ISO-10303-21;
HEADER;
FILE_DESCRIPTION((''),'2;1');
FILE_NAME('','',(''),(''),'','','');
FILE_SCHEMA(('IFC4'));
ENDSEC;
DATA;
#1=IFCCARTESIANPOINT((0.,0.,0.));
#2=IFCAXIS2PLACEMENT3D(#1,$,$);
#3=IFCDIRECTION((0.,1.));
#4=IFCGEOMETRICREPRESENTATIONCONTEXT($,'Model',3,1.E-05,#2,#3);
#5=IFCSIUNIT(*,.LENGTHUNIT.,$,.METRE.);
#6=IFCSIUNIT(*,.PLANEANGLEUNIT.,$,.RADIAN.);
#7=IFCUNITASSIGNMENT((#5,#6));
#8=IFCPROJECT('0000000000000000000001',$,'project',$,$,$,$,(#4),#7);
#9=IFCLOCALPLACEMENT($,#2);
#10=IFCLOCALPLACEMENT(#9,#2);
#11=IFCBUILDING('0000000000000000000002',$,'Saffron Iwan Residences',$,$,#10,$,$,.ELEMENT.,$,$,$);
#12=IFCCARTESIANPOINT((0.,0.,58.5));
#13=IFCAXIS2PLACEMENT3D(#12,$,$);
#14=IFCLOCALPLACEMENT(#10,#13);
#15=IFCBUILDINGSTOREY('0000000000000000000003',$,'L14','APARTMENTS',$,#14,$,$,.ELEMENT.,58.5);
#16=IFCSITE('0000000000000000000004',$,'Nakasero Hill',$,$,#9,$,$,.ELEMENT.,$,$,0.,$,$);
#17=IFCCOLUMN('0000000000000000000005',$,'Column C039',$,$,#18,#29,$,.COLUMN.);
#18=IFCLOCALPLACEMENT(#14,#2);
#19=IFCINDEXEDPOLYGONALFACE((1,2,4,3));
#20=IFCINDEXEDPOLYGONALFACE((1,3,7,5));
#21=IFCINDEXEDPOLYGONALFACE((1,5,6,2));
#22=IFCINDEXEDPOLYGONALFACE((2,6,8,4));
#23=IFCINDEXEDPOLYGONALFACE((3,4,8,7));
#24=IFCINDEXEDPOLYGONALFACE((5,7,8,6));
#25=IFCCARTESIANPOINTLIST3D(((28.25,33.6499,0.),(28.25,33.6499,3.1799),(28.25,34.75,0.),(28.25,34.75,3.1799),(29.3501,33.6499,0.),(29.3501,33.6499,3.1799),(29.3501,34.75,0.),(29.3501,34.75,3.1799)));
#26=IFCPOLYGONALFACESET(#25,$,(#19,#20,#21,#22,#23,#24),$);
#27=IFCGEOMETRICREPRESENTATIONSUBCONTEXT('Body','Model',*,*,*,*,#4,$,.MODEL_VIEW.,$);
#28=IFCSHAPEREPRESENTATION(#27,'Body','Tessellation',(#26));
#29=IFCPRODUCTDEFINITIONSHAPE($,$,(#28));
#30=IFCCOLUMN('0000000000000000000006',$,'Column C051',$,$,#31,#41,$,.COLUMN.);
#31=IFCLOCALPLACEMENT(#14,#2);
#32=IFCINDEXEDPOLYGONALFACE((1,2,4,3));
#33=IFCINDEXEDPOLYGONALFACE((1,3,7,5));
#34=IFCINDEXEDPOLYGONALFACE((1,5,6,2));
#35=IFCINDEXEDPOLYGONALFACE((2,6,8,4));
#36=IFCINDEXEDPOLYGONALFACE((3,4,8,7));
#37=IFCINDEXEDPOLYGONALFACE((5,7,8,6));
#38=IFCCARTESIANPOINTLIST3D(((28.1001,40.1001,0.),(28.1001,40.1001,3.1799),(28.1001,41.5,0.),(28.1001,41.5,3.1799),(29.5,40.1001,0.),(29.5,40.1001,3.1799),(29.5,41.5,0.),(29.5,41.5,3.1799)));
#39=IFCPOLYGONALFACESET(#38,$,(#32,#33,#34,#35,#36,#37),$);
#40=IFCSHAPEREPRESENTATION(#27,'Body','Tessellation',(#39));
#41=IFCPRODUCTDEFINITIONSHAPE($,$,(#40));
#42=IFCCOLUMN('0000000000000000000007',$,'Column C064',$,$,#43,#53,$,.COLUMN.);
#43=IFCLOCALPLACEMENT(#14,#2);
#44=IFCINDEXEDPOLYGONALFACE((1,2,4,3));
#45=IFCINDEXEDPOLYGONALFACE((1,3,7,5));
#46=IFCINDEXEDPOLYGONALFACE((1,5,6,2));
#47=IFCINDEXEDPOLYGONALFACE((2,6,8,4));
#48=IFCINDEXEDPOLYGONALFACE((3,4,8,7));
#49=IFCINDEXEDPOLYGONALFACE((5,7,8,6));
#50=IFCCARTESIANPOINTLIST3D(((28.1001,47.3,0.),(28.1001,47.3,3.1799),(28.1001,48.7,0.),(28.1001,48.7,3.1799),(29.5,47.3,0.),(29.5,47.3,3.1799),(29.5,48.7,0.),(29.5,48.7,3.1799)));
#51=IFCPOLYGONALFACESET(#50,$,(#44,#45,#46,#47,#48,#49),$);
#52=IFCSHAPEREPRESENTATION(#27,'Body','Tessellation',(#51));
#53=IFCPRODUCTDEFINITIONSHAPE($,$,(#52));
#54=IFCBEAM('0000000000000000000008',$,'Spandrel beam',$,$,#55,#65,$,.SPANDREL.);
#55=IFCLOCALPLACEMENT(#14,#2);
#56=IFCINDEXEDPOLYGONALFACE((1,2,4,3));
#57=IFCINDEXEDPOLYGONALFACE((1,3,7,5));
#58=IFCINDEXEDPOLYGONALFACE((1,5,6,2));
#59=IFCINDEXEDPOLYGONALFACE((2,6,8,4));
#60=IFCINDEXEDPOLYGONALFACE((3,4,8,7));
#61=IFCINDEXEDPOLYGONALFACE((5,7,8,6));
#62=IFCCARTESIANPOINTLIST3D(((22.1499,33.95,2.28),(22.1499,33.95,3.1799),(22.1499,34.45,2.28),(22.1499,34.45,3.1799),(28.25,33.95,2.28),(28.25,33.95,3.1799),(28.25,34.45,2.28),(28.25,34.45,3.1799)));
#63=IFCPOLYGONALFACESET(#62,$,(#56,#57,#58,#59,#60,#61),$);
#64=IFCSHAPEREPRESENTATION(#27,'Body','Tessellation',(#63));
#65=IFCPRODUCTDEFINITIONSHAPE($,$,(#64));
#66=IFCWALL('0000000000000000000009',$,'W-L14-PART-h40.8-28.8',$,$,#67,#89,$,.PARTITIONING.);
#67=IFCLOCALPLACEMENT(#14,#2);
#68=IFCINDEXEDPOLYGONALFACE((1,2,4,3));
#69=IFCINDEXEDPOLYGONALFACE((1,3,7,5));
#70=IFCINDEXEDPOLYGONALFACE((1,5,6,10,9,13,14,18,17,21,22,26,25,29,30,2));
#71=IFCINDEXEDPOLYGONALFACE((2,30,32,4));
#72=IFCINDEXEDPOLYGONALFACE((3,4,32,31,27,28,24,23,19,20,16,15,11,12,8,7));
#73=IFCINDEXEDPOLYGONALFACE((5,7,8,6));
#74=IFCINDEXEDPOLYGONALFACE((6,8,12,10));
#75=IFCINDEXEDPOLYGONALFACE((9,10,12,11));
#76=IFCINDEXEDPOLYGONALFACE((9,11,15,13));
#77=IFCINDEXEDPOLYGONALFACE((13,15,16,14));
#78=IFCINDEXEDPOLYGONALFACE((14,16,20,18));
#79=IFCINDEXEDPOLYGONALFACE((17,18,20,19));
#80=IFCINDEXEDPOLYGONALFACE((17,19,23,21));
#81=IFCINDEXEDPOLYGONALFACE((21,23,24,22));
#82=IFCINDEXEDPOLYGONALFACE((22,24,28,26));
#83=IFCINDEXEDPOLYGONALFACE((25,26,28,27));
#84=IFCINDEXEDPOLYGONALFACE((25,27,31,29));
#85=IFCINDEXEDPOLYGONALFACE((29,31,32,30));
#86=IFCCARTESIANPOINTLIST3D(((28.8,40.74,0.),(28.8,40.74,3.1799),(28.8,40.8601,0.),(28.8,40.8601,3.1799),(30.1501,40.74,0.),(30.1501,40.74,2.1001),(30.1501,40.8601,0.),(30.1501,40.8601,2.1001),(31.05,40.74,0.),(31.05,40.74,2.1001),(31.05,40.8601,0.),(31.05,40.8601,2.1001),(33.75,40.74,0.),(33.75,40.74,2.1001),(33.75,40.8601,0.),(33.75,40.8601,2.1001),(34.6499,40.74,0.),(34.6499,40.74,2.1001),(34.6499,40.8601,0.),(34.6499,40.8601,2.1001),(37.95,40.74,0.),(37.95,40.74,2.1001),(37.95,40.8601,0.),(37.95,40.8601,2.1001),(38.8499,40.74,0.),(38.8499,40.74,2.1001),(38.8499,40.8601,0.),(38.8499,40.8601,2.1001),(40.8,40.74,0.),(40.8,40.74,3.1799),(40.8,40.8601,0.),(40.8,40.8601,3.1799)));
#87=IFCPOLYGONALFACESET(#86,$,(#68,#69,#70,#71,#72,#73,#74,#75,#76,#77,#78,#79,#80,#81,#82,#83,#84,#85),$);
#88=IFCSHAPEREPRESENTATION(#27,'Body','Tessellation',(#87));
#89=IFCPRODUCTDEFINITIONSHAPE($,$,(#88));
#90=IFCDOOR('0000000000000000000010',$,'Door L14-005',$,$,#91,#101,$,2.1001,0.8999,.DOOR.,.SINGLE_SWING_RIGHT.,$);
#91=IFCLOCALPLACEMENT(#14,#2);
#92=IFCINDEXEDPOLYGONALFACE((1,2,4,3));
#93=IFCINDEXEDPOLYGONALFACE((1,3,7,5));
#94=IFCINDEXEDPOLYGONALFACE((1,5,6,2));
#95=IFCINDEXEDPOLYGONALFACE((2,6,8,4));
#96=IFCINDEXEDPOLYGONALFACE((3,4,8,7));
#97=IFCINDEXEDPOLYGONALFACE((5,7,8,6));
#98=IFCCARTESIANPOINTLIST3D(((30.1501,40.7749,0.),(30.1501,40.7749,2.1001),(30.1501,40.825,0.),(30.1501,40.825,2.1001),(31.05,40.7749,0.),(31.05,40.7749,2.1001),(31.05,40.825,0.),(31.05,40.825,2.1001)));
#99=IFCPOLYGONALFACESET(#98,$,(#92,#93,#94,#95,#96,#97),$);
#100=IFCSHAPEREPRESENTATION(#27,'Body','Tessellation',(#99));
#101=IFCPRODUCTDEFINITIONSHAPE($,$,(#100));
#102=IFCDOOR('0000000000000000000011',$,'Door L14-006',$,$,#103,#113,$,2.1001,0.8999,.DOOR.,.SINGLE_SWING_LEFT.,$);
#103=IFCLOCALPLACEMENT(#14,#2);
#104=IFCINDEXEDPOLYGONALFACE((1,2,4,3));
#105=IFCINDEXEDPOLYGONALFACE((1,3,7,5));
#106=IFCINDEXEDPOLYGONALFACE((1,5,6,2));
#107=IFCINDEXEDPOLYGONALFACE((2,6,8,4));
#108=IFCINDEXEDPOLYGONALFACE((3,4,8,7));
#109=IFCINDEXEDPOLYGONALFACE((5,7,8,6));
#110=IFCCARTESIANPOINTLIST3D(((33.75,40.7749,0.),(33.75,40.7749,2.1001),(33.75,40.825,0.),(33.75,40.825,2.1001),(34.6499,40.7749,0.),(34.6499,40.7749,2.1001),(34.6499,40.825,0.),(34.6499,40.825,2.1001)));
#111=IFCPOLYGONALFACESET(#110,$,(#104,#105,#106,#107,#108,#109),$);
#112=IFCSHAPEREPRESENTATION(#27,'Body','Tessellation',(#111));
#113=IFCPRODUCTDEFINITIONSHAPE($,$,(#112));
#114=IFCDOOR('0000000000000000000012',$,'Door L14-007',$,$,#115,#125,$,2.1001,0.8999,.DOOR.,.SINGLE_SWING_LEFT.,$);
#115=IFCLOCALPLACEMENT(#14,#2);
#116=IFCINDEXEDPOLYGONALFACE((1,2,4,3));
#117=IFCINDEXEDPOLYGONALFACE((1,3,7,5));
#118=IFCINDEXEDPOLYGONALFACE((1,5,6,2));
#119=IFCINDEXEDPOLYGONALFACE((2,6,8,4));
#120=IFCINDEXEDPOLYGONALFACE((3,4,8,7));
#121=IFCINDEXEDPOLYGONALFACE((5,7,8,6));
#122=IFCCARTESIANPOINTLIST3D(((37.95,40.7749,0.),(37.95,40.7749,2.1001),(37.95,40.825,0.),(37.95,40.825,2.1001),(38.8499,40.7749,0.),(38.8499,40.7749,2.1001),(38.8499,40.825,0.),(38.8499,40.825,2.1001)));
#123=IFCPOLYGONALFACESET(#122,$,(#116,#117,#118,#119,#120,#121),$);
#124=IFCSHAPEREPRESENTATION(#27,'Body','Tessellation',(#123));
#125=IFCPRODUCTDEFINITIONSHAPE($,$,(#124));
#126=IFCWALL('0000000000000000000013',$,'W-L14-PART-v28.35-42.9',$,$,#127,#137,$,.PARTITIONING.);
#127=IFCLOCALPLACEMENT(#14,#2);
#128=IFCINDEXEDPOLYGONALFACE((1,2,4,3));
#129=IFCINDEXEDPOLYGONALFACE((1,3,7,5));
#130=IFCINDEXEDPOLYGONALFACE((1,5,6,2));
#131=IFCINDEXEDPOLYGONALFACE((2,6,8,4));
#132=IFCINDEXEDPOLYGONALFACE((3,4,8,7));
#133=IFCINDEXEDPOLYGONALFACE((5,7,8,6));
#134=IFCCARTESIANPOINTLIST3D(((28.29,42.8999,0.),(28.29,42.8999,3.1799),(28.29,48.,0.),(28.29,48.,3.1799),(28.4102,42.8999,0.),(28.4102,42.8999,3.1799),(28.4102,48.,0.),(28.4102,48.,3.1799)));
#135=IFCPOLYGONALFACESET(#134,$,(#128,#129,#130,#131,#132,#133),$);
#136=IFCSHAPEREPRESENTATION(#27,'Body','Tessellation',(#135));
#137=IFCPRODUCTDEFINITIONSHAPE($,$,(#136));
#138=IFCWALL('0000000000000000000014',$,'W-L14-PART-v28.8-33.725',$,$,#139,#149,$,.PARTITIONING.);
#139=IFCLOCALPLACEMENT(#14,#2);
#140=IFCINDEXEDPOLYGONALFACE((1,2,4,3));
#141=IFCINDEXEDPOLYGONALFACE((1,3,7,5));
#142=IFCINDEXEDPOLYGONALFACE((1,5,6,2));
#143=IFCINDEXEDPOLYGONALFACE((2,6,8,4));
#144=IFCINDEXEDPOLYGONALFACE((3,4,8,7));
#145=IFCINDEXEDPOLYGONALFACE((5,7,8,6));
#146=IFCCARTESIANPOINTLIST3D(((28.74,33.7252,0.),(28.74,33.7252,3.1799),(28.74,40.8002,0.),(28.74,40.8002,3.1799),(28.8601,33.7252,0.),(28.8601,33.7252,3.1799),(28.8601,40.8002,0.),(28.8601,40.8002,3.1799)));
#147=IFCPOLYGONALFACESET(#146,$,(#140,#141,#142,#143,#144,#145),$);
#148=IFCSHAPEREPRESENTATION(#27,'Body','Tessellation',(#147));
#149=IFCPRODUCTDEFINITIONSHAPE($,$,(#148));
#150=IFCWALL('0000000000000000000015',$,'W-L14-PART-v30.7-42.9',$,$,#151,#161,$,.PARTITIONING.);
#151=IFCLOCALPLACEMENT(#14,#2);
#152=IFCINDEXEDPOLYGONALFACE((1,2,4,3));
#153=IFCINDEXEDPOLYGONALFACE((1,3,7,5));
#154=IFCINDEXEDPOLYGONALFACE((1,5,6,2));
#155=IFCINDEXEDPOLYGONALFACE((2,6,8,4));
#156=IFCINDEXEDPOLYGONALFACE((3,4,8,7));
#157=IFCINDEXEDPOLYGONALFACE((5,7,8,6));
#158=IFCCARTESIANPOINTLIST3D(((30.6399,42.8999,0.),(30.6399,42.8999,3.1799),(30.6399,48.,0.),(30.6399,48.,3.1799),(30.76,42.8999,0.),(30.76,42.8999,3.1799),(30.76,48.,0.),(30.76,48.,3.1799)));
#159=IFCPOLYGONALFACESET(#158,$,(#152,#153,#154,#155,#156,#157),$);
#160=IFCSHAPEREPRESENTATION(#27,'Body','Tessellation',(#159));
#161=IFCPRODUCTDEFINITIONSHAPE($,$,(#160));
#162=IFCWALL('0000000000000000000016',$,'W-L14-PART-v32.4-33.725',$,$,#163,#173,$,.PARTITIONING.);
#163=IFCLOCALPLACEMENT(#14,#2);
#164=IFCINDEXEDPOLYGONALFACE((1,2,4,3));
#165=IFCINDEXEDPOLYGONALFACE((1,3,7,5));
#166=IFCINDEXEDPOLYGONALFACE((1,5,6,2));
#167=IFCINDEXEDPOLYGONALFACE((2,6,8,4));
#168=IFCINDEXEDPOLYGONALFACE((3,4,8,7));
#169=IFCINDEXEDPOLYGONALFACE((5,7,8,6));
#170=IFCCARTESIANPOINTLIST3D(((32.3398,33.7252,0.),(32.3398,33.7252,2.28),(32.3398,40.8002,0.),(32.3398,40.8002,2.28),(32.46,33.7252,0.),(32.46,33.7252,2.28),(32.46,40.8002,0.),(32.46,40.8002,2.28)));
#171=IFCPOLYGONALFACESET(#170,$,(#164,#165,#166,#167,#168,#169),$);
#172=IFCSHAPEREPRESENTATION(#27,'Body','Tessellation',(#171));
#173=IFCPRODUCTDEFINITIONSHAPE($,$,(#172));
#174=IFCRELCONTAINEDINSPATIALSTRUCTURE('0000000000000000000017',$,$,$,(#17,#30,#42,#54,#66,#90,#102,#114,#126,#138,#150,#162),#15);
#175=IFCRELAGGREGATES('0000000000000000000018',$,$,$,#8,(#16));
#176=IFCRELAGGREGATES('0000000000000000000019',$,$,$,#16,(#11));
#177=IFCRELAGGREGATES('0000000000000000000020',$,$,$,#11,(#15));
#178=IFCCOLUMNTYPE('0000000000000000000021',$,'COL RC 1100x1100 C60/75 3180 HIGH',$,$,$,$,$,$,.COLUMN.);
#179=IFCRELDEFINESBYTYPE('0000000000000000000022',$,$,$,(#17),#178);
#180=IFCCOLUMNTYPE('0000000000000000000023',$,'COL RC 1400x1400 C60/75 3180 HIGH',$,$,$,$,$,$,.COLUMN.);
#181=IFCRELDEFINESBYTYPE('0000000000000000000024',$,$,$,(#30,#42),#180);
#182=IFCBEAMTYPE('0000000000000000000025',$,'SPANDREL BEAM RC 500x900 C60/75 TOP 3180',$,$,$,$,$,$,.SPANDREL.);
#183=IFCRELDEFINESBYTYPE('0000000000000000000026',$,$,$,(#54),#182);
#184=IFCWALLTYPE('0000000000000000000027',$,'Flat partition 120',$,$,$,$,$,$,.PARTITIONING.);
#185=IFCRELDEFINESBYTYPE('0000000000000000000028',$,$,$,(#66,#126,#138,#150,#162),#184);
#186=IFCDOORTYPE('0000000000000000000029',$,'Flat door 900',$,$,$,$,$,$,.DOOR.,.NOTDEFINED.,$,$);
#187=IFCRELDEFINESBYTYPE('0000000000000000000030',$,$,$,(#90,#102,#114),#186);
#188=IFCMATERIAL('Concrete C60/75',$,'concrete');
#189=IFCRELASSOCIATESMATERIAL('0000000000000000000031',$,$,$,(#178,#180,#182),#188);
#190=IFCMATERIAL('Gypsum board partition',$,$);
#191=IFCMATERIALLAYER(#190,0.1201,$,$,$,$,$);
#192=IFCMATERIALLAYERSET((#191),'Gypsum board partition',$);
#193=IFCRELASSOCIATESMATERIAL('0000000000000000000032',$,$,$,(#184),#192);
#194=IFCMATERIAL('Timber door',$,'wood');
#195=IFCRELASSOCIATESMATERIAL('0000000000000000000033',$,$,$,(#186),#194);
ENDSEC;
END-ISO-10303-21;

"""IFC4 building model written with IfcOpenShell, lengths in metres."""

from ifc_helpers import new_model, si_unit, direction, frame, frame_2d, origin, origin_2d, place, context, subcontext, project, spatial, rectangle, extrude, source, transform, mapped, material, layer, layer_set, material_profile, profile_set, type_object, element, fill, save


model = new_model("IFC4")

# Units and contexts
model_context = context("Model", 3, precision=1e-05, world=origin(), true_north=direction((0.0, 1.0)))
body_context = subcontext(model_context, "Body", "Model", "MODEL_VIEW")
ifc_project = project(units=[si_unit("LENGTHUNIT", "METRE"), si_unit("PLANEANGLEUNIT", "RADIAN")], contexts=[model_context])

# Site, building, storey
site_placement = place(None, origin())
site = spatial("IfcSite", under=ifc_project, at=site_placement, Name="Nakasero Hill", CompositionType="ELEMENT", RefElevation=0.0)
building_placement = place(site_placement, origin())
building = spatial("IfcBuilding", under=site, at=building_placement, Name="Saffron Iwan Residences", CompositionType="ELEMENT")
storey_placement = place(building_placement, frame((0.0, 0.0, 58.5)))
storey = spatial("IfcBuildingStorey", under=building, at=storey_placement, Name="L14", Description="APARTMENTS", CompositionType="ELEMENT", Elevation=58.5)

# Columns
ifc_material_1 = material(Name="Concrete C60/75", Category="concrete")
ifc_material_profile_1 = material_profile(ifc_material_1, rectangle(XDim=1.1001, YDim=1.1001, at=origin_2d()), Name="RC 1100x1100")
ifc_profile_set_1 = profile_set([ifc_material_profile_1], Name="Concrete C60/75")
column_type_1 = type_object("IfcColumnType", Name="COL RC 1100x1100 C60/75 3180 HIGH", PredefinedType="COLUMN", material=ifc_profile_set_1)
shared_shape_1 = source(origin(), body_context, "Body", "SweptSolid", [
    extrude(rectangle(XDim=1.1001, YDim=1.1001, at=origin_2d()), origin(), (0.0, 0.0, 1.0), 3.1799),
])
column_placement = place(storey_placement, frame((28.8, 34.2, 0.0), z_axis=(0.0, 0.0, 1.0), x_axis=(1.0, 0.0, 0.0)))
element("IfcColumn", 1, at=column_placement, inside=storey, type_object=column_type_1, Name="Column C039", PredefinedType="COLUMN", context=body_context, shape_type="MappedRepresentation", body=[
    mapped(shared_shape_1, transform((0.0, 0.0, 0.0))),
])
ifc_material_profile_2 = material_profile(ifc_material_1, rectangle(XDim=1.3999, YDim=1.3999, at=origin_2d()), Name="RC 1400x1400")
ifc_profile_set_2 = profile_set([ifc_material_profile_2], Name="Concrete C60/75")
column_type_2 = type_object("IfcColumnType", Name="COL RC 1400x1400 C60/75 3180 HIGH", PredefinedType="COLUMN", material=ifc_profile_set_2)
shared_shape_2 = source(origin(), body_context, "Body", "SweptSolid", [
    extrude(rectangle(XDim=1.3999, YDim=1.3999, at=origin_2d()), origin(), (0.0, 0.0, 1.0), 3.1799),
])
for number, where, z_axis, x_axis, name in (
    (2, (28.8, 40.8, 0.0), (0.0, 0.0, 1.0), (1.0, 0.0, 0.0), "Column C051"),
    (3, (28.8, 48.0, 0.0), (0.0, 0.0, 1.0), (1.0, 0.0, 0.0), "Column C064"),
):
    element("IfcColumn", number, at=place(storey_placement, frame(where, z_axis=z_axis, x_axis=x_axis)), inside=storey, type_object=column_type_2, Name=name, PredefinedType="COLUMN", context=body_context, shape_type="MappedRepresentation", body=[
        mapped(shared_shape_2, transform((0.0, 0.0, 0.0))),
    ])

# Beam
ifc_material_profile_3 = material_profile(ifc_material_1, rectangle(XDim=0.5, YDim=0.8999, at=origin_2d()), Name="RC 500x900")
ifc_profile_set_3 = profile_set([ifc_material_profile_3], Name="Concrete C60/75")
beam_type = type_object("IfcBeamType", Name="SPANDREL BEAM RC 500x900 C60/75 TOP 3180", PredefinedType="SPANDREL", material=ifc_profile_set_3)
shared_shape_3 = source(origin(), body_context, "Body", "SweptSolid", [
    extrude(rectangle(XDim=0.5, YDim=0.8999, at=origin_2d()), origin(), (0.0, 0.0, 1.0), 6.1001),
])
beam_placement = place(storey_placement, frame((28.25, 34.2, 2.73), z_axis=(-1.0, 0.0, 0.0), x_axis=(0.0, -1.0, 0.0)))
element("IfcBeam", 4, at=beam_placement, inside=storey, type_object=beam_type, Name="Spandrel beam", PredefinedType="SPANDREL", context=body_context, shape_type="MappedRepresentation", body=[
    mapped(shared_shape_3, transform((0.0, 0.0, 0.0))),
])

# Wall, openings, doors
ifc_material_2 = material(Name="Gypsum board partition")
ifc_layer_1 = layer(ifc_material_2, 0.1201)
ifc_layer_set_1 = layer_set([ifc_layer_1], Name="Gypsum board partition")
wall_type_1 = type_object("IfcWallType", Name="Flat partition 120", PredefinedType="PARTITIONING", material=ifc_layer_set_1)
wall_1_placement = place(storey_placement, frame((28.8, 40.8, 0.0), z_axis=(0.0, 0.0, 1.0), x_axis=(1.0, 0.0, 0.0)))
wall_1 = element("IfcWall", 5, at=wall_1_placement, inside=storey, type_object=wall_type_1, Name="W-L14-PART-h40.8-28.8", PredefinedType="PARTITIONING", context=body_context, shape_type="SweptSolid", body=[
    extrude(rectangle(XDim=12.0, YDim=0.1201, at=frame_2d((6.0, 0.0))), origin(), (0.0, 0.0, 1.0), 3.1799),
])
opening_1_placement = place(wall_1_placement, frame((1.3501, 0.0, 0.0)))
opening_1 = element("IfcOpeningElement", 6, at=opening_1_placement, cuts=wall_1, PredefinedType="OPENING", context=body_context, shape_type="SweptSolid", body=[
    extrude(rectangle(XDim=0.8999, YDim=2.1001, at=frame_2d((0.45, 1.05))), frame((0.0, 0.0701, 0.0), z_axis=(0.0, -1.0, 0.0), x_axis=(1.0, 0.0, 0.0)), (0.0, 0.0, 1.0), 0.1401),
])
opening_2_placement = place(wall_1_placement, frame((4.95, 0.0, 0.0)))
opening_2 = element("IfcOpeningElement", 7, at=opening_2_placement, cuts=wall_1, PredefinedType="OPENING", context=body_context, shape_type="SweptSolid", body=[
    extrude(rectangle(XDim=0.8999, YDim=2.1001, at=frame_2d((0.45, 1.05))), frame((0.0, 0.0701, 0.0), z_axis=(0.0, -1.0, 0.0), x_axis=(1.0, 0.0, 0.0)), (0.0, 0.0, 1.0), 0.1401),
])
opening_3_placement = place(wall_1_placement, frame((9.1499, 0.0, 0.0)))
opening_3 = element("IfcOpeningElement", 8, at=opening_3_placement, cuts=wall_1, PredefinedType="OPENING", context=body_context, shape_type="SweptSolid", body=[
    extrude(rectangle(XDim=0.8999, YDim=2.1001, at=frame_2d((0.45, 1.05))), frame((0.0, 0.0701, 0.0), z_axis=(0.0, -1.0, 0.0), x_axis=(1.0, 0.0, 0.0)), (0.0, 0.0, 1.0), 0.1401),
])
ifc_material_3 = material(Name="Timber door", Category="wood")
door_type_1 = type_object("IfcDoorType", Name="Flat door 900", OperationType="NOTDEFINED", PredefinedType="DOOR", material=ifc_material_3)
door_1_placement = place(opening_1_placement, origin())
door_1 = element("IfcDoor", 9, at=door_1_placement, inside=storey, type_object=door_type_1, Name="Door L14-005", OperationType="SINGLE_SWING_RIGHT", OverallHeight=2.1001, OverallWidth=0.8999, PredefinedType="DOOR", context=body_context, shape_type="SweptSolid", body=[
    extrude(rectangle(XDim=0.8999, YDim=2.1001, at=frame_2d((0.45, 1.05))), frame((0.0, 0.0249, 0.0), z_axis=(0.0, -1.0, 0.0), x_axis=(1.0, 0.0, 0.0)), (0.0, 0.0, 1.0), 0.05),
])
fill(opening_1, door_1)
door_2_placement = place(opening_2_placement, origin())
door_2 = element("IfcDoor", 10, at=door_2_placement, inside=storey, type_object=door_type_1, Name="Door L14-006", OperationType="SINGLE_SWING_LEFT", OverallHeight=2.1001, OverallWidth=0.8999, PredefinedType="DOOR", context=body_context, shape_type="SweptSolid", body=[
    extrude(rectangle(XDim=0.8999, YDim=2.1001, at=frame_2d((0.45, 1.05))), frame((0.0, 0.0249, 0.0), z_axis=(0.0, -1.0, 0.0), x_axis=(1.0, 0.0, 0.0)), (0.0, 0.0, 1.0), 0.05),
])
fill(opening_2, door_2)
door_3_placement = place(opening_3_placement, origin())
door_3 = element("IfcDoor", 11, at=door_3_placement, inside=storey, type_object=door_type_1, Name="Door L14-007", OperationType="SINGLE_SWING_LEFT", OverallHeight=2.1001, OverallWidth=0.8999, PredefinedType="DOOR", context=body_context, shape_type="SweptSolid", body=[
    extrude(rectangle(XDim=0.8999, YDim=2.1001, at=frame_2d((0.45, 1.05))), frame((0.0, 0.0249, 0.0), z_axis=(0.0, -1.0, 0.0), x_axis=(1.0, 0.0, 0.0)), (0.0, 0.0, 1.0), 0.05),
])
fill(opening_3, door_3)

# Walls
wall_2_placement = place(storey_placement, frame((28.3501, 42.8999, 0.0), z_axis=(0.0, 0.0, 1.0), x_axis=(0.0, 1.0, 0.0)))
element("IfcWall", 12, at=wall_2_placement, inside=storey, type_object=wall_type_1, Name="W-L14-PART-v28.35-42.9", PredefinedType="PARTITIONING", context=body_context, shape_type="SweptSolid", body=[
    extrude(rectangle(XDim=5.1001, YDim=0.1201, at=frame_2d((2.55, 0.0))), origin(), (0.0, 0.0, 1.0), 3.1799),
])
wall_3_placement = place(storey_placement, frame((28.8, 33.7251, 0.0), z_axis=(0.0, 0.0, 1.0), x_axis=(0.0, 1.0, 0.0)))
element("IfcWall", 13, at=wall_3_placement, inside=storey, type_object=wall_type_1, Name="W-L14-PART-v28.8-33.725", PredefinedType="PARTITIONING", context=body_context, shape_type="SweptSolid", body=[
    extrude(rectangle(XDim=7.075, YDim=0.1201, at=frame_2d((3.5376, 0.0))), origin(), (0.0, 0.0, 1.0), 3.1799),
])
wall_4_placement = place(storey_placement, frame((30.7, 42.8999, 0.0), z_axis=(0.0, 0.0, 1.0), x_axis=(0.0, 1.0, 0.0)))
element("IfcWall", 14, at=wall_4_placement, inside=storey, type_object=wall_type_1, Name="W-L14-PART-v30.7-42.9", PredefinedType="PARTITIONING", context=body_context, shape_type="SweptSolid", body=[
    extrude(rectangle(XDim=5.1001, YDim=0.1201, at=frame_2d((2.55, 0.0))), origin(), (0.0, 0.0, 1.0), 3.1799),
])
wall_5_placement = place(storey_placement, frame((32.3999, 33.7251, 0.0), z_axis=(0.0, 0.0, 1.0), x_axis=(0.0, 1.0, 0.0)))
element("IfcWall", 15, at=wall_5_placement, inside=storey, type_object=wall_type_1, Name="W-L14-PART-v32.4-33.725", PredefinedType="PARTITIONING", context=body_context, shape_type="SweptSolid", body=[
    extrude(rectangle(XDim=7.075, YDim=0.1201, at=frame_2d((3.5376, 0.0))), origin(), (0.0, 0.0, 1.0), 2.28),
])

save(model, "model.ifc")
